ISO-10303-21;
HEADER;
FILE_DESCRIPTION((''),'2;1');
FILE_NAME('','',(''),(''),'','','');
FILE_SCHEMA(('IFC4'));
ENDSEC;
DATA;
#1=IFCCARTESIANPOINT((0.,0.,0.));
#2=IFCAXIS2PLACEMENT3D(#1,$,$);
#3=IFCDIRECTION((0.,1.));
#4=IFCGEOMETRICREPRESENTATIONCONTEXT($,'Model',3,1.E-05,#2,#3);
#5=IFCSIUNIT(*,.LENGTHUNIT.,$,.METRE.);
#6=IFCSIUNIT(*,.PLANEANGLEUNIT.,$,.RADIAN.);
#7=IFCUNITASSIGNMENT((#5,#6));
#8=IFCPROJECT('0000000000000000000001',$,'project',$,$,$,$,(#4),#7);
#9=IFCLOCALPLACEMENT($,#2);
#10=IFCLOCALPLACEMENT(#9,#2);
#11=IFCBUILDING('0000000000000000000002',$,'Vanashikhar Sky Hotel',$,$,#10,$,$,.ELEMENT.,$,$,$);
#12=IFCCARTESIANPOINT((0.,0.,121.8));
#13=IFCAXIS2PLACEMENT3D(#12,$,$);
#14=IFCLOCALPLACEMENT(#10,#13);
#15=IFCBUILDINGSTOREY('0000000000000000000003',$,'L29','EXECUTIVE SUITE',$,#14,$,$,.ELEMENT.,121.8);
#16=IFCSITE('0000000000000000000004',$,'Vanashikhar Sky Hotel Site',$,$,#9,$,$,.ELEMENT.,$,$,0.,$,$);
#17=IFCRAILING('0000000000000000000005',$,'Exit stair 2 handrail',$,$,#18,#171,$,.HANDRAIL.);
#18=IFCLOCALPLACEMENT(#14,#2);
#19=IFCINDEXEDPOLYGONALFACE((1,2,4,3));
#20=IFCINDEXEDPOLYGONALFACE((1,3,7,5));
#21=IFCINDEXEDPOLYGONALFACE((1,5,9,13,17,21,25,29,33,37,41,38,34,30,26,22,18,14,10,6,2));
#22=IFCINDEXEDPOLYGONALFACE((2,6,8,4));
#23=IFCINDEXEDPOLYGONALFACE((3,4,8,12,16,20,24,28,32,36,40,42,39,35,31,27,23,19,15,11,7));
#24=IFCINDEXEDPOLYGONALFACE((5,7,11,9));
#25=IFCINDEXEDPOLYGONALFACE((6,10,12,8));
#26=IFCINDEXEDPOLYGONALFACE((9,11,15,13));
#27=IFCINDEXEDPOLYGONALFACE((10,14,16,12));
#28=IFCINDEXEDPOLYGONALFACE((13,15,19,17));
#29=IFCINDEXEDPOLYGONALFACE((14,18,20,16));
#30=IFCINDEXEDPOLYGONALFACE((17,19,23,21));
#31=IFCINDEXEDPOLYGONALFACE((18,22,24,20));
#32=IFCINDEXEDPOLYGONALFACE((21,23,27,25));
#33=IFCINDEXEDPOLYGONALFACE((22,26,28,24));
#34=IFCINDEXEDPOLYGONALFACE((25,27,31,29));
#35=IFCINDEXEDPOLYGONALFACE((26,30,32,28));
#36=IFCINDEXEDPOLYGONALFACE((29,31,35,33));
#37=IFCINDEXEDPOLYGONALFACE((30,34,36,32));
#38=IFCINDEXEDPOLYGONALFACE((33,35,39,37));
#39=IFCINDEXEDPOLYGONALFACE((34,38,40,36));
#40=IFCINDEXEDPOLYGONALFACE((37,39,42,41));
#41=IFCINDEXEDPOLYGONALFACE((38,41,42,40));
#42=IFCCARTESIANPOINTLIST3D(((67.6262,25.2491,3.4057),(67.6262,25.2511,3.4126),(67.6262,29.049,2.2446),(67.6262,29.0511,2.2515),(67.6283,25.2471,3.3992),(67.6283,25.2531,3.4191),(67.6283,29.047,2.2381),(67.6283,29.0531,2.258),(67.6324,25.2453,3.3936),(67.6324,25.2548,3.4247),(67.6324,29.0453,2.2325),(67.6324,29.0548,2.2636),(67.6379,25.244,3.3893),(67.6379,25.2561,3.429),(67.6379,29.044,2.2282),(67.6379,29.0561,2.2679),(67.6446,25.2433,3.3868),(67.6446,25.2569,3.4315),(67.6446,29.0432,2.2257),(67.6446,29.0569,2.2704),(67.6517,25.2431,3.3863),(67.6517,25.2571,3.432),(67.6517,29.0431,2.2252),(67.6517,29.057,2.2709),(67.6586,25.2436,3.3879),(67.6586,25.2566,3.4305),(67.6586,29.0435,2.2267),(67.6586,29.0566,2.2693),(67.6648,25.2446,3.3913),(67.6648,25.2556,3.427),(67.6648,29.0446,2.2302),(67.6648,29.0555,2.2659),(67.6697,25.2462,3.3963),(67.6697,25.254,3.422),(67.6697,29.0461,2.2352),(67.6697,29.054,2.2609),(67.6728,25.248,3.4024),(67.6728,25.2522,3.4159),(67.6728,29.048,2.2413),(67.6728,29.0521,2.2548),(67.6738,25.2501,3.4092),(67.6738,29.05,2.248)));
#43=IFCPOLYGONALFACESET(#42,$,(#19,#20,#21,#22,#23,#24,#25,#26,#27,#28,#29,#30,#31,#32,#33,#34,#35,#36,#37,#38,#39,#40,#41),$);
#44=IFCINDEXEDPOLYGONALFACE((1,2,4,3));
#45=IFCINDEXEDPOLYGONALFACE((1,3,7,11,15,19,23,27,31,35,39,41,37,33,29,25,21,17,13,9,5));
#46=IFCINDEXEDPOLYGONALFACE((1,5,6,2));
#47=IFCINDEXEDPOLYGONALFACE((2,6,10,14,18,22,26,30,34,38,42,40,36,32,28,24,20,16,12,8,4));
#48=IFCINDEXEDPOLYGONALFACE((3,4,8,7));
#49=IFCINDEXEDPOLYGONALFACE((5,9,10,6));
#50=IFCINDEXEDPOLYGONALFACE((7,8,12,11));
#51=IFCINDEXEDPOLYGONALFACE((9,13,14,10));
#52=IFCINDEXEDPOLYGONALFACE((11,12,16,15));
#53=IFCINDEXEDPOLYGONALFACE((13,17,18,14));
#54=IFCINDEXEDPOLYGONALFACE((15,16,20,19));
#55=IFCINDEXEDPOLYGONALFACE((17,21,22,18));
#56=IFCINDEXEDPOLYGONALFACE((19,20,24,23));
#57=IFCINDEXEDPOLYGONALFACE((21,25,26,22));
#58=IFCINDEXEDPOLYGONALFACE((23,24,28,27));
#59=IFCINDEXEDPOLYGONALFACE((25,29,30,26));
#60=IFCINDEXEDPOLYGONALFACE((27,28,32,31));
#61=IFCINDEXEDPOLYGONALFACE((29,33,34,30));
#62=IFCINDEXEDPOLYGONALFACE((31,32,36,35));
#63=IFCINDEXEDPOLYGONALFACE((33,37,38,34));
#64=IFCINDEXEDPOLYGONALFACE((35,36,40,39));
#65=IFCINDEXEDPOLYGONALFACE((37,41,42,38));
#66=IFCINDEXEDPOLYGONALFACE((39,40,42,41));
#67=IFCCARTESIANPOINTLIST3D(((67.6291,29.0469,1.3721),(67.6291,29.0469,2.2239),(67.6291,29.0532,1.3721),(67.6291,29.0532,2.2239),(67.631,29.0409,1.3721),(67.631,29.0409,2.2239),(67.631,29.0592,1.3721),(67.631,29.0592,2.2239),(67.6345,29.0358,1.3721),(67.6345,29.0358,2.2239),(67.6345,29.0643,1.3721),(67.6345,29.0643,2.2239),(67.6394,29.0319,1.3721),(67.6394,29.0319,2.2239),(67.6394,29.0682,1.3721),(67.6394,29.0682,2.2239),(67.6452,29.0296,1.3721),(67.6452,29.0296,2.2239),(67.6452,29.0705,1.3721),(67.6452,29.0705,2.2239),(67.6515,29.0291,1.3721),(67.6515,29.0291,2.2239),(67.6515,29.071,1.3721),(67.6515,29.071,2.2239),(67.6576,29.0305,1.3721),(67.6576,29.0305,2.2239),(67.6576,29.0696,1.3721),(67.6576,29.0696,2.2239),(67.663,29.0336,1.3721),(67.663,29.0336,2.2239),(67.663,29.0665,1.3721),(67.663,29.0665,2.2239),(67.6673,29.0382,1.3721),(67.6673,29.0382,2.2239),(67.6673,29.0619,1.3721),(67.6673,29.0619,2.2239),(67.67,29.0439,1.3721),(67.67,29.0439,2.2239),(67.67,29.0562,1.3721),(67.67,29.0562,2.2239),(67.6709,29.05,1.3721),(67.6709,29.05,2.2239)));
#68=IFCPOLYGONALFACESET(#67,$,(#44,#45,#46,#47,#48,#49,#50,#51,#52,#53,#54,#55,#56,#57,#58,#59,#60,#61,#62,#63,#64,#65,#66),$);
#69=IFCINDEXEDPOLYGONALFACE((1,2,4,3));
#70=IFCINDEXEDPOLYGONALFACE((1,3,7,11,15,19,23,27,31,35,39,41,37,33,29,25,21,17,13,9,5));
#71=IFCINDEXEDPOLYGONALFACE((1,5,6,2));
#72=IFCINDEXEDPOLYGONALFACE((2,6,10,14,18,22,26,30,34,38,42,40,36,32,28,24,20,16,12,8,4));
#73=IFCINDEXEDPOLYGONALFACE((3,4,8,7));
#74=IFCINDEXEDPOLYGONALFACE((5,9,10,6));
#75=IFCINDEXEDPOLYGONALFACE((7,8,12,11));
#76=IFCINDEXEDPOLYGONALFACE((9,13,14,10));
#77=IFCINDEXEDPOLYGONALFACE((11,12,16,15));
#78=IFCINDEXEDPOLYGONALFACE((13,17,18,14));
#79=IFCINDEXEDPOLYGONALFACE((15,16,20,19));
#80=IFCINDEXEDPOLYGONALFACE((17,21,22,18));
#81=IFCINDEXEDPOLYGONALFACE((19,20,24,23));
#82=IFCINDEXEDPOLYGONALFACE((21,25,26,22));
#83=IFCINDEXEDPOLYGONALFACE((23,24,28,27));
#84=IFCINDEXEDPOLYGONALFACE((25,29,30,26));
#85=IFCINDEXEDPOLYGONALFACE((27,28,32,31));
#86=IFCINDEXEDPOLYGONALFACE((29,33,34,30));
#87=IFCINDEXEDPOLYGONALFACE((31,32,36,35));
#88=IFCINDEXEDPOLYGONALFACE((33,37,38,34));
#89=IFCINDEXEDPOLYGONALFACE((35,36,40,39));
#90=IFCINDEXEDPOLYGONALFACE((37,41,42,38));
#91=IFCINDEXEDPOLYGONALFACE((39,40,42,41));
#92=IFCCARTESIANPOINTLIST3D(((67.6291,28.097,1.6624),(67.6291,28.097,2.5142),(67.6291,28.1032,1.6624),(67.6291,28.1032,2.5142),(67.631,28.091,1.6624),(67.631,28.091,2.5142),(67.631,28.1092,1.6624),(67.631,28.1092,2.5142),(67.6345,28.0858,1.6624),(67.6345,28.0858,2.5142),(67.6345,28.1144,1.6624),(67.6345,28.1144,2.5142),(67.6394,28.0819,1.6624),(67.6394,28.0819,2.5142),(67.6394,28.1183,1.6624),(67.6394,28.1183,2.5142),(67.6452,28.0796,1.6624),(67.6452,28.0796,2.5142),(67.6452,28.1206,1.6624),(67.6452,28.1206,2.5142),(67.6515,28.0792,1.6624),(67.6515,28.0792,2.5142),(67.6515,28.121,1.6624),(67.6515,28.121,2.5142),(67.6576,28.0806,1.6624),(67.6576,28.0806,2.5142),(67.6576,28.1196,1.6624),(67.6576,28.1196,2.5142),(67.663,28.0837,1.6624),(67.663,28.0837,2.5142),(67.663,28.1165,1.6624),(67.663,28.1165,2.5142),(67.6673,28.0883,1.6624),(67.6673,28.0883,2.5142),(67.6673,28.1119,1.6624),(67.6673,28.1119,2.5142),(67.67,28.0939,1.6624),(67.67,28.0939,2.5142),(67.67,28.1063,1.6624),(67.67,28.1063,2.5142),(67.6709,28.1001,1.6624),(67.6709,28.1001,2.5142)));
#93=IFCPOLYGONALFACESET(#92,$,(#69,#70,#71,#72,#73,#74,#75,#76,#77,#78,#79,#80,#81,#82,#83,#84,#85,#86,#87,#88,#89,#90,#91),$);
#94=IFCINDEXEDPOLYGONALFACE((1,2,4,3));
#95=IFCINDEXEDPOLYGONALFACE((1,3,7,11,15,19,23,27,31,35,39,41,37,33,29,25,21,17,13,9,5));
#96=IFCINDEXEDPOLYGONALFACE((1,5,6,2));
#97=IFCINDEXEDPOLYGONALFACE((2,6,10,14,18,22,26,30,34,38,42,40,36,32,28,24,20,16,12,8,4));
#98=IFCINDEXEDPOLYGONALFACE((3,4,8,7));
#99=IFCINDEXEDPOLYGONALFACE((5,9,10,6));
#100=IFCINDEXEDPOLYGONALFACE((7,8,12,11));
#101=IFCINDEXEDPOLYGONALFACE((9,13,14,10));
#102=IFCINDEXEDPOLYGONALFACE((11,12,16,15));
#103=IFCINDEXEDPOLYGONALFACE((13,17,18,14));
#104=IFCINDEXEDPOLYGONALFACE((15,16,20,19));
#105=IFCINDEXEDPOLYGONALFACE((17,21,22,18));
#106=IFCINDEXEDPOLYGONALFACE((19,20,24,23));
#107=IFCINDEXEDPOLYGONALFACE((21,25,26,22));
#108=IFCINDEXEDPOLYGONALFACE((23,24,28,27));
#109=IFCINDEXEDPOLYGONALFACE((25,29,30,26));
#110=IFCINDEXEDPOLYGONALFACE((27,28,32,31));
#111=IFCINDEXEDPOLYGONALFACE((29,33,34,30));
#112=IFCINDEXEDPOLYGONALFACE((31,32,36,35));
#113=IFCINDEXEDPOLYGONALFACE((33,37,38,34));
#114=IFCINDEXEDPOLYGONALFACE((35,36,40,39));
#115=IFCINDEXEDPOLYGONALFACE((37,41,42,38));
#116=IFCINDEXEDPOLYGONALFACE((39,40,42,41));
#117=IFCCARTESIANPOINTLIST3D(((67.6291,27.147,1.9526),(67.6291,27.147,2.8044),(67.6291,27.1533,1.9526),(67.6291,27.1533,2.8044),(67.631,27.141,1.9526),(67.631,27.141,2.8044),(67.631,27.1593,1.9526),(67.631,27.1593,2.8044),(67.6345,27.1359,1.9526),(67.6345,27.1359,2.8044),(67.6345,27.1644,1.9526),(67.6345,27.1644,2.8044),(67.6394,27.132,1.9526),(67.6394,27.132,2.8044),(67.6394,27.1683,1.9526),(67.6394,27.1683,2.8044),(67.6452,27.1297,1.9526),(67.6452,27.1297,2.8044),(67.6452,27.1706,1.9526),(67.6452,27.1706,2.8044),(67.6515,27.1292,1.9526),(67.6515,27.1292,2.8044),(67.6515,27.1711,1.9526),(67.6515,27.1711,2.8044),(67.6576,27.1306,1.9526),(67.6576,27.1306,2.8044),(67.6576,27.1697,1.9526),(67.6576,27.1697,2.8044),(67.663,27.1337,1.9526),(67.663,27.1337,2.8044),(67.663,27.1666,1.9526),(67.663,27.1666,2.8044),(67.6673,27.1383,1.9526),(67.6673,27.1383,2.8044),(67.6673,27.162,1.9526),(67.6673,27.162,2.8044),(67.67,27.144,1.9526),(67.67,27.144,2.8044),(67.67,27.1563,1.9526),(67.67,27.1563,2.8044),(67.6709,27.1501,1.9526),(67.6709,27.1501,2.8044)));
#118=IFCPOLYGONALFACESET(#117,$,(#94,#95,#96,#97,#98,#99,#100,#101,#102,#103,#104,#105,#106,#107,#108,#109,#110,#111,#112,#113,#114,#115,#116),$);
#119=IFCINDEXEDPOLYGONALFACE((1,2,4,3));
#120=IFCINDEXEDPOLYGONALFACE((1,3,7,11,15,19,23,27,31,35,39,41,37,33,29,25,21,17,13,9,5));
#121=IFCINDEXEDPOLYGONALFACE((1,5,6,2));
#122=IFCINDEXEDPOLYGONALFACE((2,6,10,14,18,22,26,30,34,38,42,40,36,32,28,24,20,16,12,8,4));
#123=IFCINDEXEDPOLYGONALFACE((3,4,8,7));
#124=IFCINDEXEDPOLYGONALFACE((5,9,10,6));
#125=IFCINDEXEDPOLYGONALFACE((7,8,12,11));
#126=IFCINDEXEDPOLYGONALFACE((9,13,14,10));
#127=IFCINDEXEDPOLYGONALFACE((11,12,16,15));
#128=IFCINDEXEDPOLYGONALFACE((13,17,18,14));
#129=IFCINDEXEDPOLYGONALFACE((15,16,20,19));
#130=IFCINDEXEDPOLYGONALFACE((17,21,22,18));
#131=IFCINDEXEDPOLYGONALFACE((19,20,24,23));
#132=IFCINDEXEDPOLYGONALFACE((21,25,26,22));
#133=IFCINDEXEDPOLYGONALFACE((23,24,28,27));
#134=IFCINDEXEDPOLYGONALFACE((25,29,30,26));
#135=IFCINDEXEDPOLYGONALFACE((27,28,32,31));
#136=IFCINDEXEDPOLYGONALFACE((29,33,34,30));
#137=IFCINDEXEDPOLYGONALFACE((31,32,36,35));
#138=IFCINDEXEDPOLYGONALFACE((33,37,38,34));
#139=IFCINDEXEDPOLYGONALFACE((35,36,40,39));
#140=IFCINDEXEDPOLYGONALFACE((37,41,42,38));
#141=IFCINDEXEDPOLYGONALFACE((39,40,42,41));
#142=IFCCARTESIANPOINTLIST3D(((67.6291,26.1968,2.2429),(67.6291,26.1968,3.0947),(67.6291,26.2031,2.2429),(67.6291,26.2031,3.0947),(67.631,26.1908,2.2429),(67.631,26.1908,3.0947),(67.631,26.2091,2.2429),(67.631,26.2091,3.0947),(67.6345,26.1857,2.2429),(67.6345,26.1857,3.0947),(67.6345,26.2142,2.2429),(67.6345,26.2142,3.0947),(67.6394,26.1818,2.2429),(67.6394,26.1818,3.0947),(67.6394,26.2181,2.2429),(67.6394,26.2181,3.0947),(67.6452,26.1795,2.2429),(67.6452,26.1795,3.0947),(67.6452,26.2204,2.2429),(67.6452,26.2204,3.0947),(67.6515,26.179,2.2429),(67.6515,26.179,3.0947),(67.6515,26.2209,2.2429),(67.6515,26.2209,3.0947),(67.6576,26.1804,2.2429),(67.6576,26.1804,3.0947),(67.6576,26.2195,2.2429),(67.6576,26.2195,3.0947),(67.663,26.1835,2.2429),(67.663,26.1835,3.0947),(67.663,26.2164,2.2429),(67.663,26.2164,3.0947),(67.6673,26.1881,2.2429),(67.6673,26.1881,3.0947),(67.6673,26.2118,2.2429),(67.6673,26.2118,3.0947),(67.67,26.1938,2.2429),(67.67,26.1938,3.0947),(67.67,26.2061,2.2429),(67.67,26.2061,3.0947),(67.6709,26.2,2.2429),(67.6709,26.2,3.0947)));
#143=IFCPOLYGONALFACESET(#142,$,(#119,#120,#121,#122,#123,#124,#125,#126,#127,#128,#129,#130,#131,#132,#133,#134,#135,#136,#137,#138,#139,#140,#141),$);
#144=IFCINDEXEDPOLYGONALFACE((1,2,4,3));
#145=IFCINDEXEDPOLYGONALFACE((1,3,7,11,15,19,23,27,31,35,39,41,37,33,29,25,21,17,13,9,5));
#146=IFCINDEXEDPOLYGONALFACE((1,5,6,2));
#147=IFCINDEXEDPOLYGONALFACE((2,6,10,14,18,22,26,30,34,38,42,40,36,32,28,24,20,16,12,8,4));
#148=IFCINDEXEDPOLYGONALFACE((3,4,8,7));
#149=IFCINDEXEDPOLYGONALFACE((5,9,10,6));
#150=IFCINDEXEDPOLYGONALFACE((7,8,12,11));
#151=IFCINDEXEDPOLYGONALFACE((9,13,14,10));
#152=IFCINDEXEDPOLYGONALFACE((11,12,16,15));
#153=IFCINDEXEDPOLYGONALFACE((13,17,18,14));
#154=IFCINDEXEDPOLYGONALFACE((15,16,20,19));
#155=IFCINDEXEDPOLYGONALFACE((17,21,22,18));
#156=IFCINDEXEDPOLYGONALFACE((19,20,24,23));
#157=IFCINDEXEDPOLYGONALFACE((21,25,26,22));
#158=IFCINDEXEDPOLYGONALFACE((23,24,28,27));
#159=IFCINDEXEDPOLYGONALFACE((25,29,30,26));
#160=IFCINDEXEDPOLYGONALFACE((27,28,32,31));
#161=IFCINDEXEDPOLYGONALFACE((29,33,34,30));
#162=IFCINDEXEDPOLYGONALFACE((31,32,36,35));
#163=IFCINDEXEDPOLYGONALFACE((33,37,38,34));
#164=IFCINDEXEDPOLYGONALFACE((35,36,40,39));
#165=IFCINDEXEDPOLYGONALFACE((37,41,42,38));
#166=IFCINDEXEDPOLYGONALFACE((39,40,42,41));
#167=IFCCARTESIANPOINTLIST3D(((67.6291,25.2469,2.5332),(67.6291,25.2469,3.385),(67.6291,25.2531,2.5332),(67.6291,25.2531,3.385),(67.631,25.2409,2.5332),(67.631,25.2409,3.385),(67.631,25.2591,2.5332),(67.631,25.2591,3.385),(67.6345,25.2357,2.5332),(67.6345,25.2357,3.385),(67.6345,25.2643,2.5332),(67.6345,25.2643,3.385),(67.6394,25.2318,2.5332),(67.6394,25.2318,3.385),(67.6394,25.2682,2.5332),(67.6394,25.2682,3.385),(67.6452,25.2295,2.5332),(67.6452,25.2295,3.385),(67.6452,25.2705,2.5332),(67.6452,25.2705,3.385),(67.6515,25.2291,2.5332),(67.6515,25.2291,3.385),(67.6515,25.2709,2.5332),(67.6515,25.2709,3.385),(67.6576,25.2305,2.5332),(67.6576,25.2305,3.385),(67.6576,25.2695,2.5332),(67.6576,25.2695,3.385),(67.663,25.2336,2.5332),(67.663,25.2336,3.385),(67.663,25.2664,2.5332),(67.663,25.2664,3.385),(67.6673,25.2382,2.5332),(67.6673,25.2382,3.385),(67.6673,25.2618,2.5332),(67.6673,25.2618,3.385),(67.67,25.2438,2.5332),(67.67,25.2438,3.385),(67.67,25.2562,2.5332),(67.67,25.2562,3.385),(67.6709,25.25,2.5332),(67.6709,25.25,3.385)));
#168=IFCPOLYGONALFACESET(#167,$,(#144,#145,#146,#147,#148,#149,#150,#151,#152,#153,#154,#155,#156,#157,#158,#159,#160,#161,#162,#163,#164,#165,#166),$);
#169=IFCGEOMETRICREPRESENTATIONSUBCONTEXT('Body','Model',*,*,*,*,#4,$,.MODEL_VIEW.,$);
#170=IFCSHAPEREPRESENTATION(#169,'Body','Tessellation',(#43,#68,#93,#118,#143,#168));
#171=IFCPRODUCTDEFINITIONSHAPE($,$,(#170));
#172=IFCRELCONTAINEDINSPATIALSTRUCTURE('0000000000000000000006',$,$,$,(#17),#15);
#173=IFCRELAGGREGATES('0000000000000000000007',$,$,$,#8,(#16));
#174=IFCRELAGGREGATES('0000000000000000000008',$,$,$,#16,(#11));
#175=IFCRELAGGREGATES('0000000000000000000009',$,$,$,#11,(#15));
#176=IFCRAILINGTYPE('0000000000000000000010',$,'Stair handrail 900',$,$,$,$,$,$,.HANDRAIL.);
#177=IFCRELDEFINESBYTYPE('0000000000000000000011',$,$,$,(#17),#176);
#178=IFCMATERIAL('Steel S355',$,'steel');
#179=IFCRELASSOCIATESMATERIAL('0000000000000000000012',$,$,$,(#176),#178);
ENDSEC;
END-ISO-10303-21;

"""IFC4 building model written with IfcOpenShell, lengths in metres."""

from ifc_helpers import new_model, si_unit, direction, frame, origin, origin_2d, place, context, subcontext, project, spatial, circle, extrude, source, transform, mapped, material, type_object, element, save


model = new_model("IFC4")

# Units and contexts
model_context = context("Model", 3, precision=1e-05, world=origin(), true_north=direction((0.0, 1.0)))
body_context = subcontext(model_context, "Body", "Model", "MODEL_VIEW")
ifc_project = project(units=[si_unit("LENGTHUNIT", "METRE"), si_unit("PLANEANGLEUNIT", "RADIAN")], contexts=[model_context])

# Site, building, storey
site_placement = place(None, origin())
site = spatial("IfcSite", under=ifc_project, at=site_placement, Name="Vanashikhar Sky Hotel Site", CompositionType="ELEMENT", RefElevation=0.0)
building_placement = place(site_placement, origin())
building = spatial("IfcBuilding", under=site, at=building_placement, Name="Vanashikhar Sky Hotel", CompositionType="ELEMENT")
storey_placement = place(building_placement, frame((0.0, 0.0, 121.8)))
storey = spatial("IfcBuildingStorey", under=building, at=storey_placement, Name="L29", Description="EXECUTIVE SUITE", CompositionType="ELEMENT", Elevation=121.8)

# Railing
ifc_material_1 = material(Name="Steel S355", Category="steel")
railing_type_1 = type_object("IfcRailingType", Name="Stair handrail 900", PredefinedType="HANDRAIL", material=ifc_material_1)
shared_shape_1 = source(origin(), body_context, "Body", "SweptSolid", [
    extrude(circle(Radius=0.0239, at=origin_2d()), frame((0.0, 0.0, 0.876), z_axis=(0.0, -0.956351, 0.29222), x_axis=(1.0, 0.0, 0.0)), (0.0, 0.0, 1.0), 3.9734),
    extrude(circle(Radius=0.021, at=origin_2d()), origin(), (0.0, 0.0, 1.0), 0.8518),
    extrude(circle(Radius=0.021, at=origin_2d()), frame((0.0, -0.95, 0.2903)), (0.0, 0.0, 1.0), 0.8518),
    extrude(circle(Radius=0.021, at=origin_2d()), frame((0.0, -1.8999, 0.5806)), (0.0, 0.0, 1.0), 0.8518),
    extrude(circle(Radius=0.021, at=origin_2d()), frame((0.0, -2.8501, 0.8708)), (0.0, 0.0, 1.0), 0.8518),
    extrude(circle(Radius=0.021, at=origin_2d()), frame((0.0, -3.8, 1.1611)), (0.0, 0.0, 1.0), 0.8518),
])
for number, where, name in (
    (1, (67.6499, 29.05, 1.3721), "Exit stair 2 handrail"),
):
    element("IfcRailing", number, at=place(storey_placement, frame(where)), inside=storey, type_object=railing_type_1, Name=name, PredefinedType="HANDRAIL", context=body_context, shape_type="MappedRepresentation", body=[
        mapped(shared_shape_1, transform((0.0, 0.0, 0.0), scale=1.0)),
    ])

save(model, "model.ifc")
